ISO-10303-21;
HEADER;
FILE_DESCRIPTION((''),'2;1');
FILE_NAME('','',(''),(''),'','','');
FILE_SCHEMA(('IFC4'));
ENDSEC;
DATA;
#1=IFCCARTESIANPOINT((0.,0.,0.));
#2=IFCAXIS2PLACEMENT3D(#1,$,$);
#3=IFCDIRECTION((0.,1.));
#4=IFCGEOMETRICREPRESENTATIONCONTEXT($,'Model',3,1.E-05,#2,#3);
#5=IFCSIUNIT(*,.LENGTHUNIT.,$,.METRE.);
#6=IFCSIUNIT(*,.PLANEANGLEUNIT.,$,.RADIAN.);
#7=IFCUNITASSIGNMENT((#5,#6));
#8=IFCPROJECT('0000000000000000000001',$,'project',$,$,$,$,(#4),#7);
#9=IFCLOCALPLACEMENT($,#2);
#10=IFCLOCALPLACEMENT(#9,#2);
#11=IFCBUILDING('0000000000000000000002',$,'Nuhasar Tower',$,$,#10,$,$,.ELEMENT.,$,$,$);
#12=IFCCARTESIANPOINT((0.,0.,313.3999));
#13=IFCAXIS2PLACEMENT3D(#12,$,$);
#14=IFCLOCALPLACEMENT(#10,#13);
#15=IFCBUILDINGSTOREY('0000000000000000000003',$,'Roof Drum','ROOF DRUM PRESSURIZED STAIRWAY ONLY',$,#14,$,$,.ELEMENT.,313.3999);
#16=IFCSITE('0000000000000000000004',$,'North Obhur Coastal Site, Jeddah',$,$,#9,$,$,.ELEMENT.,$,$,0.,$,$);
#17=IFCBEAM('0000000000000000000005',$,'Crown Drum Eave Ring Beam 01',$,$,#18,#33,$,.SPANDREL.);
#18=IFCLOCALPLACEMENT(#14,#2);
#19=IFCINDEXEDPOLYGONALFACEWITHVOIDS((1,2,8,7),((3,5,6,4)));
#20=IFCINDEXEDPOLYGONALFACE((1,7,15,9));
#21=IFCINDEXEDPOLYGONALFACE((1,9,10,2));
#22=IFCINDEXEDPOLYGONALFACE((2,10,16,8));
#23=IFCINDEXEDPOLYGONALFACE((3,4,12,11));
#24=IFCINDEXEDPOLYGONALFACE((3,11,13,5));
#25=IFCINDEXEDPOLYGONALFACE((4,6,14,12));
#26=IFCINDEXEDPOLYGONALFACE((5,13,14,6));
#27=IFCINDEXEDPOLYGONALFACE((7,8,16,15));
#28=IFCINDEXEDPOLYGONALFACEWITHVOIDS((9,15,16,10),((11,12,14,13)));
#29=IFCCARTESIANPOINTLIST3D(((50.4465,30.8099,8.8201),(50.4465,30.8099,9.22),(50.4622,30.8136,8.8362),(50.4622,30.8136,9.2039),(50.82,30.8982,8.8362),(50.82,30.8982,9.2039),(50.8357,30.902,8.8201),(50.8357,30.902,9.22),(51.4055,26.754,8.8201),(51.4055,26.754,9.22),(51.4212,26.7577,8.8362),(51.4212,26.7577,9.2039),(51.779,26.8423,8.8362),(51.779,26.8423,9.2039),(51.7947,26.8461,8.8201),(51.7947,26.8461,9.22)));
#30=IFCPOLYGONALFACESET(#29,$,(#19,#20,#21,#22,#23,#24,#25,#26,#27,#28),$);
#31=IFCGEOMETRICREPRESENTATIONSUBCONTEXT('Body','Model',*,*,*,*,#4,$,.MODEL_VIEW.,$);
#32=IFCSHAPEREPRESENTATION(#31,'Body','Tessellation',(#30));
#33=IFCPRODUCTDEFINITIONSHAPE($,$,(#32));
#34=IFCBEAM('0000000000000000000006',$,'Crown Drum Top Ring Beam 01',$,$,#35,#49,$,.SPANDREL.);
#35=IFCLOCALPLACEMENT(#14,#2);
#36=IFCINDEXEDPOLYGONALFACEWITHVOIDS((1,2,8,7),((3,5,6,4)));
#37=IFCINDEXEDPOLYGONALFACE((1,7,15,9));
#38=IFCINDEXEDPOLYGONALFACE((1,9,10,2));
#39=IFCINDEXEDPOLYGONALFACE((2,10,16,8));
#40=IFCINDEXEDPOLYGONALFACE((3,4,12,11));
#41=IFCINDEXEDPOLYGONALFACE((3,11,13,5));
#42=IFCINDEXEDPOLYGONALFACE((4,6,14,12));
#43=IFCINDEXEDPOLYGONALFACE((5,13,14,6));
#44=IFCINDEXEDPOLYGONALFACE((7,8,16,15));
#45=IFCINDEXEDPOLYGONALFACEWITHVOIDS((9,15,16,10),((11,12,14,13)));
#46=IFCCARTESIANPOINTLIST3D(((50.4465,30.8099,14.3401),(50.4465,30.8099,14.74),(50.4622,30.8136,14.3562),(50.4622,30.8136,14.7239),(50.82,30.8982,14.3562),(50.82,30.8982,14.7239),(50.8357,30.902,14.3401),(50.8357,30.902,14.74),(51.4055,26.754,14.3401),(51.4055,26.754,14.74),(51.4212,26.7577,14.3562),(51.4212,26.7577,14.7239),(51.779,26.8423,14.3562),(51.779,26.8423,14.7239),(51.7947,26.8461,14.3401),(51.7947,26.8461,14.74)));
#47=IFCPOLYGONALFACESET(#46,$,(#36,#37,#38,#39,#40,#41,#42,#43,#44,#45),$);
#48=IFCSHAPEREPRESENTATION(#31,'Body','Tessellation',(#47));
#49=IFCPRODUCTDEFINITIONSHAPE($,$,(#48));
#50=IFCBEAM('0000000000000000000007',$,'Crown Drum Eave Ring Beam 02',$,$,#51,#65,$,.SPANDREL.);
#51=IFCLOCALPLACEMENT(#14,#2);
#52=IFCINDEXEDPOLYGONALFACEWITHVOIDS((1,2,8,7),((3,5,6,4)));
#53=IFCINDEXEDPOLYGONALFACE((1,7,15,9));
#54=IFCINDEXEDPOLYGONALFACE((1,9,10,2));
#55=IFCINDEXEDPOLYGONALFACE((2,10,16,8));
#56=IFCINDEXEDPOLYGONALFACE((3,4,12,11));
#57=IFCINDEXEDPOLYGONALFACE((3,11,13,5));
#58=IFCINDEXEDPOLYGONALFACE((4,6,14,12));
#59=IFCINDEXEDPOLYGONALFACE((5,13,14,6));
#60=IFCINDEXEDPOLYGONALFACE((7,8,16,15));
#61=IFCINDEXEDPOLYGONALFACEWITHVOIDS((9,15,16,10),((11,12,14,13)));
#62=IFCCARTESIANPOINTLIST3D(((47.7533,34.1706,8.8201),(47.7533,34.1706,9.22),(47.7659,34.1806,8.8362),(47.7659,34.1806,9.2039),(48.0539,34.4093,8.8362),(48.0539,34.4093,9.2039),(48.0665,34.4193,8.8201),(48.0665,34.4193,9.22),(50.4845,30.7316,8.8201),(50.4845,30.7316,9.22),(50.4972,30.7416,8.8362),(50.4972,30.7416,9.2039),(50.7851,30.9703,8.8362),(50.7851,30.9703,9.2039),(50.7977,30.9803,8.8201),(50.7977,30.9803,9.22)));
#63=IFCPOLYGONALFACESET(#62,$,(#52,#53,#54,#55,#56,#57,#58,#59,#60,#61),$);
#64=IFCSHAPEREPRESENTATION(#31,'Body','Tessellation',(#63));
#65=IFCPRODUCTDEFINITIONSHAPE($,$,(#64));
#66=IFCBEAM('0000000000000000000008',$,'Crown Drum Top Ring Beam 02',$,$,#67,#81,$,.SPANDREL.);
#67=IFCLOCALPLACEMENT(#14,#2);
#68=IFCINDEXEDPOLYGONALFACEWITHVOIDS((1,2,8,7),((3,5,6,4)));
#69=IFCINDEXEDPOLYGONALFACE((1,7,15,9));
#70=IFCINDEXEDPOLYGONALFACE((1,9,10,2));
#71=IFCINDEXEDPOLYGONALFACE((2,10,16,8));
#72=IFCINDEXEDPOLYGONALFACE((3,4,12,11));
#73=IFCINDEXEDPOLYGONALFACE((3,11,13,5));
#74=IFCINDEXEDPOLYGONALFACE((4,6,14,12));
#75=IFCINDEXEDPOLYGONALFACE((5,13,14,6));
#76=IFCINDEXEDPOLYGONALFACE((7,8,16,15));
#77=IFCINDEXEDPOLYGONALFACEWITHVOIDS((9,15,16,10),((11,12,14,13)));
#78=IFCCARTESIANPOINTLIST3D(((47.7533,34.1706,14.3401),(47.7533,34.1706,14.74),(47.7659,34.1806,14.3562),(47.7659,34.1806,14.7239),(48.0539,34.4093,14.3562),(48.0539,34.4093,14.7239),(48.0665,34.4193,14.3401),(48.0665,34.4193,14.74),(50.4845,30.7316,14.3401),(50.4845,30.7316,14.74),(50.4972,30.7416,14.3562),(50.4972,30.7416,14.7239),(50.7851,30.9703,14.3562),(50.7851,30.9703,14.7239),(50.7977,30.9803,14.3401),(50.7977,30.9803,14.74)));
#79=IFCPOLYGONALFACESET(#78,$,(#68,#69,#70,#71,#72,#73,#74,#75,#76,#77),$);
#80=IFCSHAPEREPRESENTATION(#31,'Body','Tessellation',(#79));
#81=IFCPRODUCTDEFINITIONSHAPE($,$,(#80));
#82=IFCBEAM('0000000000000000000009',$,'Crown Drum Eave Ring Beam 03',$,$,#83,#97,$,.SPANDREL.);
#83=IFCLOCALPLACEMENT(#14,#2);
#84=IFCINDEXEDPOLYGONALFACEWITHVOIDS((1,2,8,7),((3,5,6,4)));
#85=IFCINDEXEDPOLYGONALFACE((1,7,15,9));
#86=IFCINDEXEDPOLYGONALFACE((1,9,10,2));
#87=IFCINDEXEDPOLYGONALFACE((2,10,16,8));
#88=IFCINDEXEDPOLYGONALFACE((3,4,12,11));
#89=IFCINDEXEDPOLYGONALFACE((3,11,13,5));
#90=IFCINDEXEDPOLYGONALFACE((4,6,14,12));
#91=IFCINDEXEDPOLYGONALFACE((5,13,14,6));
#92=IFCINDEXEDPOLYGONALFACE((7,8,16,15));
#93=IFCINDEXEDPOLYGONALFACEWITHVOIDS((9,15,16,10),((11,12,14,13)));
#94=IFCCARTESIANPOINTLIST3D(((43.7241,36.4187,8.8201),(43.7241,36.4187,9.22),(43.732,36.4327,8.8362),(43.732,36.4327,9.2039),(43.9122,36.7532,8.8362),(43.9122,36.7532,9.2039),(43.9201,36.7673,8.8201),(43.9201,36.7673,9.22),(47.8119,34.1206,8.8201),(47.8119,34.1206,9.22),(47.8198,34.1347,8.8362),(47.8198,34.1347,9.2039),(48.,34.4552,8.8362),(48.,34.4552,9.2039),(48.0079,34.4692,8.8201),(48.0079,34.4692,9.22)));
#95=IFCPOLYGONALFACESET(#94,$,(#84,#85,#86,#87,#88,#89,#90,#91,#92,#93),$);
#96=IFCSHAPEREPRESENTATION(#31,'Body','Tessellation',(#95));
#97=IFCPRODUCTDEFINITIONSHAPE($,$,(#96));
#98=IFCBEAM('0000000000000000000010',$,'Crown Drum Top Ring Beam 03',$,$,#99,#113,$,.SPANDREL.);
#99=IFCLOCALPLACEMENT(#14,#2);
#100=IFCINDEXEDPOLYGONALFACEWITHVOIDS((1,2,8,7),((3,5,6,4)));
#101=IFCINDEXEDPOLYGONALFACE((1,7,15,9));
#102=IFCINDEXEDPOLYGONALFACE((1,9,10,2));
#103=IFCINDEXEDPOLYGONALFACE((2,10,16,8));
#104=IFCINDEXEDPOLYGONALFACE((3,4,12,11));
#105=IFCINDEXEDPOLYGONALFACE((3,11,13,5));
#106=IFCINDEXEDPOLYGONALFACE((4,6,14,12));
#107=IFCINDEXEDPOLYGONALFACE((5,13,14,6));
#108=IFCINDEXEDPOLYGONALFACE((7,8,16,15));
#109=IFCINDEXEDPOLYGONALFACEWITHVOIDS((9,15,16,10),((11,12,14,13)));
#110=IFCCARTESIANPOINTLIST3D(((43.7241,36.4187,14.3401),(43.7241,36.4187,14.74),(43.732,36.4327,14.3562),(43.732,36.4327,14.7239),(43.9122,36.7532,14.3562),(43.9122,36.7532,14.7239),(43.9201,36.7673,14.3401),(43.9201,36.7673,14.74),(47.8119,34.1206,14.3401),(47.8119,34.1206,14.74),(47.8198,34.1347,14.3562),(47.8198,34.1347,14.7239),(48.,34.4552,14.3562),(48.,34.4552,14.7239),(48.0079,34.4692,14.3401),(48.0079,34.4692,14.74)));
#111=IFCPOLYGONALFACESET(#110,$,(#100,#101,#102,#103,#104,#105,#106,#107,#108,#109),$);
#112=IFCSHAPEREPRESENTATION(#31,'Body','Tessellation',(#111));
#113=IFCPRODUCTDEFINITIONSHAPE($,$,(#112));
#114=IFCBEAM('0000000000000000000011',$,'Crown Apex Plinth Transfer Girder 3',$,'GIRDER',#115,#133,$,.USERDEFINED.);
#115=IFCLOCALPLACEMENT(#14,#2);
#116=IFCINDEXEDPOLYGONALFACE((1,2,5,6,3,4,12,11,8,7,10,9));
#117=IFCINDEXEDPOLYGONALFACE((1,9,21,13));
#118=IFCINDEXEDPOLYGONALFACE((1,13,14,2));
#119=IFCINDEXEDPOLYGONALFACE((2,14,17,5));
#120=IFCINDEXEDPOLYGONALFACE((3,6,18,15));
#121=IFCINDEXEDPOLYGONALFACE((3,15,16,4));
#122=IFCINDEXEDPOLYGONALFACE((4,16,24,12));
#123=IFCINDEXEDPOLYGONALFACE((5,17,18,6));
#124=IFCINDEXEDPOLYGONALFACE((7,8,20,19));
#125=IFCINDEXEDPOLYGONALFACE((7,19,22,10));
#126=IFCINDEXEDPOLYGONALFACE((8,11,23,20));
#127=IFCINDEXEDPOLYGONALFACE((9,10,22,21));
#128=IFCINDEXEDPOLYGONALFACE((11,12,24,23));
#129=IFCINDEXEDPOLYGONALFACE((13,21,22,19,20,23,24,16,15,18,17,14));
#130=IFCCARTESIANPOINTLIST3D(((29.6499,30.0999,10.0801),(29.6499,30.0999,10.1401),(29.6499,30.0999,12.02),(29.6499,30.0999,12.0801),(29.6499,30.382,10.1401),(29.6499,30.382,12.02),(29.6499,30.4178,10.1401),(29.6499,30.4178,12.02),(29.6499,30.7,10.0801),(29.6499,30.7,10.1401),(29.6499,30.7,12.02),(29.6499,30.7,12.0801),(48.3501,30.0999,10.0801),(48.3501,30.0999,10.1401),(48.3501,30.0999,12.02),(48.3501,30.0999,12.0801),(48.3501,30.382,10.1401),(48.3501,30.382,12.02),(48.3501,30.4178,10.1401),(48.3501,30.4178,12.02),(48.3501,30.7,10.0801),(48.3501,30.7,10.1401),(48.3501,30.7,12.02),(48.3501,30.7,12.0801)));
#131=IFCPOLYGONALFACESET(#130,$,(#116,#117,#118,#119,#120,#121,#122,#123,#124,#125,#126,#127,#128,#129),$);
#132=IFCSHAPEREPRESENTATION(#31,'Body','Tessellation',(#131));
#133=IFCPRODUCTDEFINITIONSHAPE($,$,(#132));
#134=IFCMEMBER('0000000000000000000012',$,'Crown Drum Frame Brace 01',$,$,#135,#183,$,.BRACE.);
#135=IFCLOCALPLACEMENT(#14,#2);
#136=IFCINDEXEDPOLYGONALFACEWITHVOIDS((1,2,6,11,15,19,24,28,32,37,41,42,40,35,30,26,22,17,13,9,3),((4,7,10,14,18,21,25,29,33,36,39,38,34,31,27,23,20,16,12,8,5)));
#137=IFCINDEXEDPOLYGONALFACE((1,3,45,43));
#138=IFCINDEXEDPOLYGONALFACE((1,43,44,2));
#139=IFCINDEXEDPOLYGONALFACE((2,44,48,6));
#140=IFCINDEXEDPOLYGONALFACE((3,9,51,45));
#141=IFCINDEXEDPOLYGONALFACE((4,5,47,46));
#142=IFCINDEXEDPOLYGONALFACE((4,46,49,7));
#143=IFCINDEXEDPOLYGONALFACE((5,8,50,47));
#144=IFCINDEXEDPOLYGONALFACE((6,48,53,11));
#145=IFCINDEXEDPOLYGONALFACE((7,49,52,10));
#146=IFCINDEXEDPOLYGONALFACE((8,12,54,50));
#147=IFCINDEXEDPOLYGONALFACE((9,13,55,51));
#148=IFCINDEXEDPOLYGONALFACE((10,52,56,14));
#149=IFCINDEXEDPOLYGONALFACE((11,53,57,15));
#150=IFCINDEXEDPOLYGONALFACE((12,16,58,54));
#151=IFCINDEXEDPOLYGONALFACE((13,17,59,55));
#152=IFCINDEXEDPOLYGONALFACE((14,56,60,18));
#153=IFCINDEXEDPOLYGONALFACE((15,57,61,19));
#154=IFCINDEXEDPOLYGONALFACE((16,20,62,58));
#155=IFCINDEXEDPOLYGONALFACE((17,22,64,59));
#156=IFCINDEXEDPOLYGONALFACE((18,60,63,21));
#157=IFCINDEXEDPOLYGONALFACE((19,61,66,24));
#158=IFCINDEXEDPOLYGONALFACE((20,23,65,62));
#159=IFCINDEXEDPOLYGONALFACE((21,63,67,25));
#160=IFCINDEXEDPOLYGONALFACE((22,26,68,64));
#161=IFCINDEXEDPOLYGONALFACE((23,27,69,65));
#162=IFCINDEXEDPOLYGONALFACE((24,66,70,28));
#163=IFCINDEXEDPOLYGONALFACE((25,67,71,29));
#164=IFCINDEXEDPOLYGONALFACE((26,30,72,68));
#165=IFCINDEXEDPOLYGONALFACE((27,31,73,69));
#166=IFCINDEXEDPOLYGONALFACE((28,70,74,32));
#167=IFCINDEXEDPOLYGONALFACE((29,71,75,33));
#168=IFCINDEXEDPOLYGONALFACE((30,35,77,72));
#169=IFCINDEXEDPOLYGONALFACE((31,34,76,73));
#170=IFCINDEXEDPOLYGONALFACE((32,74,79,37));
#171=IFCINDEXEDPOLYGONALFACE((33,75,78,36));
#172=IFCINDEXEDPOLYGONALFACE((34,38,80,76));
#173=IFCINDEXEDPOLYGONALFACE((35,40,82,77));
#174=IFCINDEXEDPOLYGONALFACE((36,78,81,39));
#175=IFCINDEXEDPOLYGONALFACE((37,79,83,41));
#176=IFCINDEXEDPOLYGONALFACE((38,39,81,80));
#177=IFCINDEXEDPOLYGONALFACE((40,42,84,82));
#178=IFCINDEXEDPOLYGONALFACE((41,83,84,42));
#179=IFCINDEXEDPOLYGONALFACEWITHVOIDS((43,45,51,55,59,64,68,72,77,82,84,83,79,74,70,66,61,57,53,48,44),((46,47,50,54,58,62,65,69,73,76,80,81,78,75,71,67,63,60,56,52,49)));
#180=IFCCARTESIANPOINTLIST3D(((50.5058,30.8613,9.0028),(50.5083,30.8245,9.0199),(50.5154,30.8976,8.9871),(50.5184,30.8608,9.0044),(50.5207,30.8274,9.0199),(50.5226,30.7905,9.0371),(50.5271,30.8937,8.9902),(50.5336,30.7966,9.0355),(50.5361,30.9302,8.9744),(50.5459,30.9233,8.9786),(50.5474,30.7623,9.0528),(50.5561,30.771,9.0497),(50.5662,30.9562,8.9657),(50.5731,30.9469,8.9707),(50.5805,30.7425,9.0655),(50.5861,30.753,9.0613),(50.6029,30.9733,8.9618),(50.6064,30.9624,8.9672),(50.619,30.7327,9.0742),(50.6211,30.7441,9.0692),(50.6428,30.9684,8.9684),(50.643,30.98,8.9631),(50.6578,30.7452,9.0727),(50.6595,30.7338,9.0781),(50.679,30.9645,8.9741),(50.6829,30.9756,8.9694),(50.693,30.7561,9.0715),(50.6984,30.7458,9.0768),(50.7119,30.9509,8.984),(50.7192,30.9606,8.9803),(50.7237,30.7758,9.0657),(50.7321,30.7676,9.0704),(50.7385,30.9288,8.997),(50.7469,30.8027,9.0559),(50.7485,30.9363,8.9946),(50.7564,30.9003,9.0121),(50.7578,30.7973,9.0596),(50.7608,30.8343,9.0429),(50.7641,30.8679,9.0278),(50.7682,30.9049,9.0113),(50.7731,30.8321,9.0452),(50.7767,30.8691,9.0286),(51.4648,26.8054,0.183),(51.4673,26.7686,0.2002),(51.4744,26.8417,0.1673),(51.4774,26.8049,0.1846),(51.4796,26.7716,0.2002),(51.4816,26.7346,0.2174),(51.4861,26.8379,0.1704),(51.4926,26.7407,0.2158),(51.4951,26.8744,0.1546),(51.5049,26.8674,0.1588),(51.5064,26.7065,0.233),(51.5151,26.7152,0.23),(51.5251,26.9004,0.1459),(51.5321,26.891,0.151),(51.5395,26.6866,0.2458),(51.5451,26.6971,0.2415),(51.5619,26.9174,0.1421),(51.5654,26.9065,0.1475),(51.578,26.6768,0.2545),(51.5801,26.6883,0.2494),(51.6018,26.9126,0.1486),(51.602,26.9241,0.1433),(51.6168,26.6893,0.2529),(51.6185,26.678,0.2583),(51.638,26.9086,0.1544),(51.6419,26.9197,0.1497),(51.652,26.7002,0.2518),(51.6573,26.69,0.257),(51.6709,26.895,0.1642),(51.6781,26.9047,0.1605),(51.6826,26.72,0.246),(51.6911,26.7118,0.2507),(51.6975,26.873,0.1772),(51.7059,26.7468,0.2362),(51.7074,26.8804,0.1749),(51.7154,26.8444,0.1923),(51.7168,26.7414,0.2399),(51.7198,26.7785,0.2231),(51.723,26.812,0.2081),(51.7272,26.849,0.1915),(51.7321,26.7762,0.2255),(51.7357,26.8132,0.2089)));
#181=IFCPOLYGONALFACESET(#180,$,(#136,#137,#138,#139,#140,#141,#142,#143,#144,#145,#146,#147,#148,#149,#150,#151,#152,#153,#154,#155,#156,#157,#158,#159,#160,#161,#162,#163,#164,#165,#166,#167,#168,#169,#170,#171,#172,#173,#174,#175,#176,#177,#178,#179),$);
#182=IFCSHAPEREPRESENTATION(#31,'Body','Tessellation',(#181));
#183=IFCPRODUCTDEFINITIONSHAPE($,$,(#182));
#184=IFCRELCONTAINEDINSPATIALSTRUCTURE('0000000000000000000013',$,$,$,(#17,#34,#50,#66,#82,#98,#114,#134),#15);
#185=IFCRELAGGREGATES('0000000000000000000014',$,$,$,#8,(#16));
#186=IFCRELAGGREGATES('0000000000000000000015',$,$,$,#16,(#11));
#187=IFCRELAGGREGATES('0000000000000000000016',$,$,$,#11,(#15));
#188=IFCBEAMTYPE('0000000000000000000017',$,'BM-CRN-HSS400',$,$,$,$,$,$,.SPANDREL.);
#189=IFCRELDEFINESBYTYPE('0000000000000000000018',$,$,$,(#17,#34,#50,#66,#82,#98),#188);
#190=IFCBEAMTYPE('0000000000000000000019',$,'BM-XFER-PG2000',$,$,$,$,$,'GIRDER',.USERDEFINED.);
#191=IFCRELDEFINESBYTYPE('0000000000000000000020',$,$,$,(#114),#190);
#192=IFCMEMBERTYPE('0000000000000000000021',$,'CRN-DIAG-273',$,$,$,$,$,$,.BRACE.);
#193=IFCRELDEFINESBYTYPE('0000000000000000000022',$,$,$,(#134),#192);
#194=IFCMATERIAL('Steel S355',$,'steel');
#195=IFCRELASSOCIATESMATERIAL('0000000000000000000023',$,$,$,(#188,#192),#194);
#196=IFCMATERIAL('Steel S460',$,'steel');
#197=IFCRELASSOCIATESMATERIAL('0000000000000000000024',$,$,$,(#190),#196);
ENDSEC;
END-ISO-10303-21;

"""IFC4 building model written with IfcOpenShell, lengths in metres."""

from ifc_helpers import new_model, si_unit, direction, frame, origin, origin_2d, place, context, subcontext, project, spatial, hollow_rectangle, hollow_circle, i_section, extrude, material, material_profile, profile_set, type_object, element, save


model = new_model("IFC4")

# Units and contexts
model_context = context("Model", 3, precision=1e-05, world=origin(), true_north=direction((0.0, 1.0)))
body_context = subcontext(model_context, "Body", "Model", "MODEL_VIEW")
ifc_project = project(units=[si_unit("LENGTHUNIT", "METRE"), si_unit("PLANEANGLEUNIT", "RADIAN")], contexts=[model_context])

# Site, building, storey
site_placement = place(None, origin())
site = spatial("IfcSite", under=ifc_project, at=site_placement, Name="North Obhur Coastal Site, Jeddah", CompositionType="ELEMENT", RefElevation=0.0)
building_placement = place(site_placement, origin())
building = spatial("IfcBuilding", under=site, at=building_placement, Name="Nuhasar Tower", CompositionType="ELEMENT")
storey_placement = place(building_placement, frame((0.0, 0.0, 313.3999)))
storey = spatial("IfcBuildingStorey", under=building, at=storey_placement, Name="Roof Drum", Description="ROOF DRUM PRESSURIZED STAIRWAY ONLY", CompositionType="ELEMENT", Elevation=313.3999)

# Beams
ifc_material_1 = material(Name="Steel S355", Category="steel")
ifc_material_profile_1 = material_profile(ifc_material_1, hollow_rectangle(XDim=0.3999, YDim=0.3999, WallThickness=0.0161, at=origin_2d()), Name="HSS400X400X16")
ifc_profile_set_1 = profile_set([ifc_material_profile_1], Name="Steel S355")
beam_type_1 = type_object("IfcBeamType", Name="BM-CRN-HSS400", PredefinedType="SPANDREL", material=ifc_profile_set_1)
for number, where, z_axis, x_axis, name in (
    (1, (51.6001, 26.8, 9.02), (-0.230097, 0.973168, 0.0), (-0.973168, -0.230097, 0.0), "Crown Drum Eave Ring Beam 01"),
    (2, (51.6001, 26.8, 14.54), (-0.230097, 0.973168, 0.0), (-0.973168, -0.230097, 0.0), "Crown Drum Top Ring Beam 01"),
):
    element("IfcBeam", number, at=place(storey_placement, frame(where, z_axis=z_axis, x_axis=x_axis)), inside=storey, type_object=beam_type_1, Name=name, PredefinedType="SPANDREL", context=body_context, shape_type="SweptSolid", body=[
        extrude(hollow_rectangle(XDim=0.3999, YDim=0.3999, WallThickness=0.0161, at=origin_2d()), origin(), (0.0, 0.0, 1.0), 4.1677),
    ])
for number, where, z_axis, x_axis, name in (
    (3, (50.6411, 30.856, 9.02), (-0.621918, 0.783082, 0.0), (-0.783082, -0.621918, 0.0), "Crown Drum Eave Ring Beam 02"),
    (4, (50.6411, 30.856, 14.54), (-0.621918, 0.783082, 0.0), (-0.783082, -0.621918, 0.0), "Crown Drum Top Ring Beam 02"),
):
    element("IfcBeam", number, at=place(storey_placement, frame(where, z_axis=z_axis, x_axis=x_axis)), inside=storey, type_object=beam_type_1, Name=name, PredefinedType="SPANDREL", context=body_context, shape_type="SweptSolid", body=[
        extrude(hollow_rectangle(XDim=0.3999, YDim=0.3999, WallThickness=0.0161, at=origin_2d()), origin(), (0.0, 0.0, 1.0), 4.3916),
    ])
for number, where, z_axis, x_axis, name in (
    (5, (47.9099, 34.2949, 9.02), (-0.871698, 0.490044, 0.0), (-0.490044, -0.871698, 0.0), "Crown Drum Eave Ring Beam 03"),
    (6, (47.9099, 34.2949, 14.54), (-0.871698, 0.490044, 0.0), (-0.490044, -0.871698, 0.0), "Crown Drum Top Ring Beam 03"),
):
    element("IfcBeam", number, at=place(storey_placement, frame(where, z_axis=z_axis, x_axis=x_axis)), inside=storey, type_object=beam_type_1, Name=name, PredefinedType="SPANDREL", context=body_context, shape_type="SweptSolid", body=[
        extrude(hollow_rectangle(XDim=0.3999, YDim=0.3999, WallThickness=0.0161, at=origin_2d()), origin(), (0.0, 0.0, 1.0), 4.6895),
    ])
ifc_material_2 = material(Name="Steel S460", Category="steel")
ifc_material_profile_2 = material_profile(ifc_material_2, i_section(OverallWidth=0.6001, OverallDepth=2.0, WebThickness=0.0359, FlangeThickness=0.0601, at=origin_2d()), Name="PG2000X600")
ifc_profile_set_2 = profile_set([ifc_material_profile_2], Name="Steel S460")
beam_type_2 = type_object("IfcBeamType", Name="BM-XFER-PG2000", ElementType="GIRDER", PredefinedType="USERDEFINED", material=ifc_profile_set_2)
beam_placement = place(storey_placement, frame((48.3501, 30.3999, 11.0801), z_axis=(-1.0, 0.0, 0.0), x_axis=(0.0, -1.0, 0.0)))
element("IfcBeam", 7, at=beam_placement, inside=storey, type_object=beam_type_2, Name="Crown Apex Plinth Transfer Girder 3", ObjectType="GIRDER", PredefinedType="USERDEFINED", context=body_context, shape_type="SweptSolid", body=[
    extrude(i_section(OverallWidth=0.6001, OverallDepth=2.0, WebThickness=0.0359, FlangeThickness=0.0601, at=origin_2d()), origin(), (0.0, 0.0, 1.0), 18.7002),
])

# Member
ifc_material_profile_3 = material_profile(ifc_material_1, hollow_circle(Radius=0.1365, WallThickness=0.0127, at=origin_2d()), Name="HSS273.1X12.7")
ifc_profile_set_3 = profile_set([ifc_material_profile_3], Name="Steel S355")
member_type_1 = type_object("IfcMemberType", Name="CRN-DIAG-273", PredefinedType="BRACE", material=ifc_profile_set_3)
member_1_placement = place(storey_placement, frame((51.6001, 26.8, 0.2002), z_axis=(-0.098307, 0.415779, 0.904137), x_axis=(-0.973168, -0.230097, 0.0)))
element("IfcMember", 8, at=member_1_placement, inside=storey, type_object=member_type_1, Name="Crown Drum Frame Brace 01", PredefinedType="BRACE", context=body_context, shape_type="SweptSolid", body=[
    extrude(hollow_circle(Radius=0.1365, WallThickness=0.0127, at=origin_2d()), origin(), (0.0, 0.0, 1.0), 9.7549),
])

save(model, "model.ifc")
